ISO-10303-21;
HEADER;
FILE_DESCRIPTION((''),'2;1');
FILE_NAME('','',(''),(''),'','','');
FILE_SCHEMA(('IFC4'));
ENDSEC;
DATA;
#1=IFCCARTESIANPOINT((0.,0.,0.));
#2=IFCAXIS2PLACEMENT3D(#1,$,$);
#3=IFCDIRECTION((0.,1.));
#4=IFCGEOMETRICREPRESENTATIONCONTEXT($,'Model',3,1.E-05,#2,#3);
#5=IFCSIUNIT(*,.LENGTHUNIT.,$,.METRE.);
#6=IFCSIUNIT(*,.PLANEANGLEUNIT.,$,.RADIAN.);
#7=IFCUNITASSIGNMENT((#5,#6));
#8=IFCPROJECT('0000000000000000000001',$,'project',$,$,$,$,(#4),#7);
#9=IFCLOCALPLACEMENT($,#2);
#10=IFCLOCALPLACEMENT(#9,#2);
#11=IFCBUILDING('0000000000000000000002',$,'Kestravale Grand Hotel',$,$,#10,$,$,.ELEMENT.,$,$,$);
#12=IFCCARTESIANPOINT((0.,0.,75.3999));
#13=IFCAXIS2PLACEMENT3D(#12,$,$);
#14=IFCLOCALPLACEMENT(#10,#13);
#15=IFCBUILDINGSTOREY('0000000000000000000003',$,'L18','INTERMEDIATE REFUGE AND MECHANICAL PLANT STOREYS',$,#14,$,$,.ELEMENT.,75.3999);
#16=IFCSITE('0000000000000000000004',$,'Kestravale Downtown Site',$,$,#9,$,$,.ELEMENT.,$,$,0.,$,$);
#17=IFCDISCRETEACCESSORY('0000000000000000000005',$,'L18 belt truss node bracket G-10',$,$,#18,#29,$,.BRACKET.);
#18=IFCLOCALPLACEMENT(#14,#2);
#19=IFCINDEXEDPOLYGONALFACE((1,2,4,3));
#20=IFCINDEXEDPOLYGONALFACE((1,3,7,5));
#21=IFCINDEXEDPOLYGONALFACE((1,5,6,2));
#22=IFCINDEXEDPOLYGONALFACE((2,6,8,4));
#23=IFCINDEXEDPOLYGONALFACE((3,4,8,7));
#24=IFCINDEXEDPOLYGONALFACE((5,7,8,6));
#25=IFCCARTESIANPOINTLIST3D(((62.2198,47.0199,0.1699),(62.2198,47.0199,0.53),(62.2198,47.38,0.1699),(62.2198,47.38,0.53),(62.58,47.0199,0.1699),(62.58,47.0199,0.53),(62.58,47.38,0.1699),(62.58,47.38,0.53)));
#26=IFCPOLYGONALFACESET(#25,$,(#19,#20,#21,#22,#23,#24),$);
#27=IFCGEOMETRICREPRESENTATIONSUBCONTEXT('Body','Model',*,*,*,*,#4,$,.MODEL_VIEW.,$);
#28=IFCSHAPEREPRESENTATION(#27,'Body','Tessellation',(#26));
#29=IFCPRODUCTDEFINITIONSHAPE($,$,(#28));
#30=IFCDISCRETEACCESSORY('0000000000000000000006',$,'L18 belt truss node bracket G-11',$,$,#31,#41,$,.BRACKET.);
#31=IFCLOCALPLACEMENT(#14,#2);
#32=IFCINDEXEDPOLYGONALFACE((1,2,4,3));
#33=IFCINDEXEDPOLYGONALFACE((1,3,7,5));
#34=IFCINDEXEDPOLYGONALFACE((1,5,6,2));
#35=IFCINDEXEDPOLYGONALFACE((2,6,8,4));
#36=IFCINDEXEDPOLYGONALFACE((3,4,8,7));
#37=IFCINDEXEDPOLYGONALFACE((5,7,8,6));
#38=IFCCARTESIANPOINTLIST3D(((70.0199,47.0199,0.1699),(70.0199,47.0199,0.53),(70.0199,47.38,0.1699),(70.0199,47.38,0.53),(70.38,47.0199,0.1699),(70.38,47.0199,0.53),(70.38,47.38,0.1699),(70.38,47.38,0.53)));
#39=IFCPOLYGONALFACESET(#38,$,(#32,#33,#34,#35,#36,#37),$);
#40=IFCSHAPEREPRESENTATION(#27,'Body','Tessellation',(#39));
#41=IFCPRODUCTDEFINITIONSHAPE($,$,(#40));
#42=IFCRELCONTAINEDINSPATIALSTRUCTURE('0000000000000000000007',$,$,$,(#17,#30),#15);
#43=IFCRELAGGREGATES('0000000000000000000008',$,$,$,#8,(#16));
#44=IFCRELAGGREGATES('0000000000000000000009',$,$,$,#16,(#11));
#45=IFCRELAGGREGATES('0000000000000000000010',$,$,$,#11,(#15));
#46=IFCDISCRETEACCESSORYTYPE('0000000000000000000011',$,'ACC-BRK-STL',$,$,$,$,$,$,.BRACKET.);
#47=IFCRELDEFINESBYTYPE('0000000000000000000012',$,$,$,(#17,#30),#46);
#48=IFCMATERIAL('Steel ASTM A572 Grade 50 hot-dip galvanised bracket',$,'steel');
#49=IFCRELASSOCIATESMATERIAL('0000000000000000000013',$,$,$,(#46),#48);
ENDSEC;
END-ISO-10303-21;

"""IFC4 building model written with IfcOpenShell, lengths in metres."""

from ifc_helpers import new_model, si_unit, direction, frame, origin, origin_2d, place, context, subcontext, project, spatial, rectangle, extrude, material, type_object, element, save


model = new_model("IFC4")

# Units and contexts
model_context = context("Model", 3, precision=1e-05, world=origin(), true_north=direction((0.0, 1.0)))
body_context = subcontext(model_context, "Body", "Model", "MODEL_VIEW")
ifc_project = project(units=[si_unit("LENGTHUNIT", "METRE"), si_unit("PLANEANGLEUNIT", "RADIAN")], contexts=[model_context])

# Site, building, storey
site_placement = place(None, origin())
site = spatial("IfcSite", under=ifc_project, at=site_placement, Name="Kestravale Downtown Site", CompositionType="ELEMENT", RefElevation=0.0)
building_placement = place(site_placement, origin())
building = spatial("IfcBuilding", under=site, at=building_placement, Name="Kestravale Grand Hotel", CompositionType="ELEMENT")
storey_placement = place(building_placement, frame((0.0, 0.0, 75.3999)))
storey = spatial("IfcBuildingStorey", under=building, at=storey_placement, Name="L18", Description="INTERMEDIATE REFUGE AND MECHANICAL PLANT STOREYS", CompositionType="ELEMENT", Elevation=75.3999)

# Discrete accessories
ifc_material_1 = material(Name="Steel ASTM A572 Grade 50 hot-dip galvanised bracket", Category="steel")
discrete_accessory_type = type_object("IfcDiscreteAccessoryType", Name="ACC-BRK-STL", PredefinedType="BRACKET", material=ifc_material_1)
for number, where, z_axis, x_axis, name in (
    (1, (62.3999, 47.2, 0.1699), (0.0, 0.0, 1.0), (1.0, 0.0, 0.0), "L18 belt truss node bracket G-10"),
    (2, (70.2, 47.2, 0.1699), (0.0, 0.0, 1.0), (1.0, 0.0, 0.0), "L18 belt truss node bracket G-11"),
):
    element("IfcDiscreteAccessory", number, at=place(storey_placement, frame(where, z_axis=z_axis, x_axis=x_axis)), inside=storey, type_object=discrete_accessory_type, Name=name, PredefinedType="BRACKET", context=body_context, shape_type="SweptSolid", body=[
        extrude(rectangle(XDim=0.3601, YDim=0.3601, at=origin_2d()), origin(), (0.0, 0.0, 1.0), 0.3601),
    ])

save(model, "model.ifc")
